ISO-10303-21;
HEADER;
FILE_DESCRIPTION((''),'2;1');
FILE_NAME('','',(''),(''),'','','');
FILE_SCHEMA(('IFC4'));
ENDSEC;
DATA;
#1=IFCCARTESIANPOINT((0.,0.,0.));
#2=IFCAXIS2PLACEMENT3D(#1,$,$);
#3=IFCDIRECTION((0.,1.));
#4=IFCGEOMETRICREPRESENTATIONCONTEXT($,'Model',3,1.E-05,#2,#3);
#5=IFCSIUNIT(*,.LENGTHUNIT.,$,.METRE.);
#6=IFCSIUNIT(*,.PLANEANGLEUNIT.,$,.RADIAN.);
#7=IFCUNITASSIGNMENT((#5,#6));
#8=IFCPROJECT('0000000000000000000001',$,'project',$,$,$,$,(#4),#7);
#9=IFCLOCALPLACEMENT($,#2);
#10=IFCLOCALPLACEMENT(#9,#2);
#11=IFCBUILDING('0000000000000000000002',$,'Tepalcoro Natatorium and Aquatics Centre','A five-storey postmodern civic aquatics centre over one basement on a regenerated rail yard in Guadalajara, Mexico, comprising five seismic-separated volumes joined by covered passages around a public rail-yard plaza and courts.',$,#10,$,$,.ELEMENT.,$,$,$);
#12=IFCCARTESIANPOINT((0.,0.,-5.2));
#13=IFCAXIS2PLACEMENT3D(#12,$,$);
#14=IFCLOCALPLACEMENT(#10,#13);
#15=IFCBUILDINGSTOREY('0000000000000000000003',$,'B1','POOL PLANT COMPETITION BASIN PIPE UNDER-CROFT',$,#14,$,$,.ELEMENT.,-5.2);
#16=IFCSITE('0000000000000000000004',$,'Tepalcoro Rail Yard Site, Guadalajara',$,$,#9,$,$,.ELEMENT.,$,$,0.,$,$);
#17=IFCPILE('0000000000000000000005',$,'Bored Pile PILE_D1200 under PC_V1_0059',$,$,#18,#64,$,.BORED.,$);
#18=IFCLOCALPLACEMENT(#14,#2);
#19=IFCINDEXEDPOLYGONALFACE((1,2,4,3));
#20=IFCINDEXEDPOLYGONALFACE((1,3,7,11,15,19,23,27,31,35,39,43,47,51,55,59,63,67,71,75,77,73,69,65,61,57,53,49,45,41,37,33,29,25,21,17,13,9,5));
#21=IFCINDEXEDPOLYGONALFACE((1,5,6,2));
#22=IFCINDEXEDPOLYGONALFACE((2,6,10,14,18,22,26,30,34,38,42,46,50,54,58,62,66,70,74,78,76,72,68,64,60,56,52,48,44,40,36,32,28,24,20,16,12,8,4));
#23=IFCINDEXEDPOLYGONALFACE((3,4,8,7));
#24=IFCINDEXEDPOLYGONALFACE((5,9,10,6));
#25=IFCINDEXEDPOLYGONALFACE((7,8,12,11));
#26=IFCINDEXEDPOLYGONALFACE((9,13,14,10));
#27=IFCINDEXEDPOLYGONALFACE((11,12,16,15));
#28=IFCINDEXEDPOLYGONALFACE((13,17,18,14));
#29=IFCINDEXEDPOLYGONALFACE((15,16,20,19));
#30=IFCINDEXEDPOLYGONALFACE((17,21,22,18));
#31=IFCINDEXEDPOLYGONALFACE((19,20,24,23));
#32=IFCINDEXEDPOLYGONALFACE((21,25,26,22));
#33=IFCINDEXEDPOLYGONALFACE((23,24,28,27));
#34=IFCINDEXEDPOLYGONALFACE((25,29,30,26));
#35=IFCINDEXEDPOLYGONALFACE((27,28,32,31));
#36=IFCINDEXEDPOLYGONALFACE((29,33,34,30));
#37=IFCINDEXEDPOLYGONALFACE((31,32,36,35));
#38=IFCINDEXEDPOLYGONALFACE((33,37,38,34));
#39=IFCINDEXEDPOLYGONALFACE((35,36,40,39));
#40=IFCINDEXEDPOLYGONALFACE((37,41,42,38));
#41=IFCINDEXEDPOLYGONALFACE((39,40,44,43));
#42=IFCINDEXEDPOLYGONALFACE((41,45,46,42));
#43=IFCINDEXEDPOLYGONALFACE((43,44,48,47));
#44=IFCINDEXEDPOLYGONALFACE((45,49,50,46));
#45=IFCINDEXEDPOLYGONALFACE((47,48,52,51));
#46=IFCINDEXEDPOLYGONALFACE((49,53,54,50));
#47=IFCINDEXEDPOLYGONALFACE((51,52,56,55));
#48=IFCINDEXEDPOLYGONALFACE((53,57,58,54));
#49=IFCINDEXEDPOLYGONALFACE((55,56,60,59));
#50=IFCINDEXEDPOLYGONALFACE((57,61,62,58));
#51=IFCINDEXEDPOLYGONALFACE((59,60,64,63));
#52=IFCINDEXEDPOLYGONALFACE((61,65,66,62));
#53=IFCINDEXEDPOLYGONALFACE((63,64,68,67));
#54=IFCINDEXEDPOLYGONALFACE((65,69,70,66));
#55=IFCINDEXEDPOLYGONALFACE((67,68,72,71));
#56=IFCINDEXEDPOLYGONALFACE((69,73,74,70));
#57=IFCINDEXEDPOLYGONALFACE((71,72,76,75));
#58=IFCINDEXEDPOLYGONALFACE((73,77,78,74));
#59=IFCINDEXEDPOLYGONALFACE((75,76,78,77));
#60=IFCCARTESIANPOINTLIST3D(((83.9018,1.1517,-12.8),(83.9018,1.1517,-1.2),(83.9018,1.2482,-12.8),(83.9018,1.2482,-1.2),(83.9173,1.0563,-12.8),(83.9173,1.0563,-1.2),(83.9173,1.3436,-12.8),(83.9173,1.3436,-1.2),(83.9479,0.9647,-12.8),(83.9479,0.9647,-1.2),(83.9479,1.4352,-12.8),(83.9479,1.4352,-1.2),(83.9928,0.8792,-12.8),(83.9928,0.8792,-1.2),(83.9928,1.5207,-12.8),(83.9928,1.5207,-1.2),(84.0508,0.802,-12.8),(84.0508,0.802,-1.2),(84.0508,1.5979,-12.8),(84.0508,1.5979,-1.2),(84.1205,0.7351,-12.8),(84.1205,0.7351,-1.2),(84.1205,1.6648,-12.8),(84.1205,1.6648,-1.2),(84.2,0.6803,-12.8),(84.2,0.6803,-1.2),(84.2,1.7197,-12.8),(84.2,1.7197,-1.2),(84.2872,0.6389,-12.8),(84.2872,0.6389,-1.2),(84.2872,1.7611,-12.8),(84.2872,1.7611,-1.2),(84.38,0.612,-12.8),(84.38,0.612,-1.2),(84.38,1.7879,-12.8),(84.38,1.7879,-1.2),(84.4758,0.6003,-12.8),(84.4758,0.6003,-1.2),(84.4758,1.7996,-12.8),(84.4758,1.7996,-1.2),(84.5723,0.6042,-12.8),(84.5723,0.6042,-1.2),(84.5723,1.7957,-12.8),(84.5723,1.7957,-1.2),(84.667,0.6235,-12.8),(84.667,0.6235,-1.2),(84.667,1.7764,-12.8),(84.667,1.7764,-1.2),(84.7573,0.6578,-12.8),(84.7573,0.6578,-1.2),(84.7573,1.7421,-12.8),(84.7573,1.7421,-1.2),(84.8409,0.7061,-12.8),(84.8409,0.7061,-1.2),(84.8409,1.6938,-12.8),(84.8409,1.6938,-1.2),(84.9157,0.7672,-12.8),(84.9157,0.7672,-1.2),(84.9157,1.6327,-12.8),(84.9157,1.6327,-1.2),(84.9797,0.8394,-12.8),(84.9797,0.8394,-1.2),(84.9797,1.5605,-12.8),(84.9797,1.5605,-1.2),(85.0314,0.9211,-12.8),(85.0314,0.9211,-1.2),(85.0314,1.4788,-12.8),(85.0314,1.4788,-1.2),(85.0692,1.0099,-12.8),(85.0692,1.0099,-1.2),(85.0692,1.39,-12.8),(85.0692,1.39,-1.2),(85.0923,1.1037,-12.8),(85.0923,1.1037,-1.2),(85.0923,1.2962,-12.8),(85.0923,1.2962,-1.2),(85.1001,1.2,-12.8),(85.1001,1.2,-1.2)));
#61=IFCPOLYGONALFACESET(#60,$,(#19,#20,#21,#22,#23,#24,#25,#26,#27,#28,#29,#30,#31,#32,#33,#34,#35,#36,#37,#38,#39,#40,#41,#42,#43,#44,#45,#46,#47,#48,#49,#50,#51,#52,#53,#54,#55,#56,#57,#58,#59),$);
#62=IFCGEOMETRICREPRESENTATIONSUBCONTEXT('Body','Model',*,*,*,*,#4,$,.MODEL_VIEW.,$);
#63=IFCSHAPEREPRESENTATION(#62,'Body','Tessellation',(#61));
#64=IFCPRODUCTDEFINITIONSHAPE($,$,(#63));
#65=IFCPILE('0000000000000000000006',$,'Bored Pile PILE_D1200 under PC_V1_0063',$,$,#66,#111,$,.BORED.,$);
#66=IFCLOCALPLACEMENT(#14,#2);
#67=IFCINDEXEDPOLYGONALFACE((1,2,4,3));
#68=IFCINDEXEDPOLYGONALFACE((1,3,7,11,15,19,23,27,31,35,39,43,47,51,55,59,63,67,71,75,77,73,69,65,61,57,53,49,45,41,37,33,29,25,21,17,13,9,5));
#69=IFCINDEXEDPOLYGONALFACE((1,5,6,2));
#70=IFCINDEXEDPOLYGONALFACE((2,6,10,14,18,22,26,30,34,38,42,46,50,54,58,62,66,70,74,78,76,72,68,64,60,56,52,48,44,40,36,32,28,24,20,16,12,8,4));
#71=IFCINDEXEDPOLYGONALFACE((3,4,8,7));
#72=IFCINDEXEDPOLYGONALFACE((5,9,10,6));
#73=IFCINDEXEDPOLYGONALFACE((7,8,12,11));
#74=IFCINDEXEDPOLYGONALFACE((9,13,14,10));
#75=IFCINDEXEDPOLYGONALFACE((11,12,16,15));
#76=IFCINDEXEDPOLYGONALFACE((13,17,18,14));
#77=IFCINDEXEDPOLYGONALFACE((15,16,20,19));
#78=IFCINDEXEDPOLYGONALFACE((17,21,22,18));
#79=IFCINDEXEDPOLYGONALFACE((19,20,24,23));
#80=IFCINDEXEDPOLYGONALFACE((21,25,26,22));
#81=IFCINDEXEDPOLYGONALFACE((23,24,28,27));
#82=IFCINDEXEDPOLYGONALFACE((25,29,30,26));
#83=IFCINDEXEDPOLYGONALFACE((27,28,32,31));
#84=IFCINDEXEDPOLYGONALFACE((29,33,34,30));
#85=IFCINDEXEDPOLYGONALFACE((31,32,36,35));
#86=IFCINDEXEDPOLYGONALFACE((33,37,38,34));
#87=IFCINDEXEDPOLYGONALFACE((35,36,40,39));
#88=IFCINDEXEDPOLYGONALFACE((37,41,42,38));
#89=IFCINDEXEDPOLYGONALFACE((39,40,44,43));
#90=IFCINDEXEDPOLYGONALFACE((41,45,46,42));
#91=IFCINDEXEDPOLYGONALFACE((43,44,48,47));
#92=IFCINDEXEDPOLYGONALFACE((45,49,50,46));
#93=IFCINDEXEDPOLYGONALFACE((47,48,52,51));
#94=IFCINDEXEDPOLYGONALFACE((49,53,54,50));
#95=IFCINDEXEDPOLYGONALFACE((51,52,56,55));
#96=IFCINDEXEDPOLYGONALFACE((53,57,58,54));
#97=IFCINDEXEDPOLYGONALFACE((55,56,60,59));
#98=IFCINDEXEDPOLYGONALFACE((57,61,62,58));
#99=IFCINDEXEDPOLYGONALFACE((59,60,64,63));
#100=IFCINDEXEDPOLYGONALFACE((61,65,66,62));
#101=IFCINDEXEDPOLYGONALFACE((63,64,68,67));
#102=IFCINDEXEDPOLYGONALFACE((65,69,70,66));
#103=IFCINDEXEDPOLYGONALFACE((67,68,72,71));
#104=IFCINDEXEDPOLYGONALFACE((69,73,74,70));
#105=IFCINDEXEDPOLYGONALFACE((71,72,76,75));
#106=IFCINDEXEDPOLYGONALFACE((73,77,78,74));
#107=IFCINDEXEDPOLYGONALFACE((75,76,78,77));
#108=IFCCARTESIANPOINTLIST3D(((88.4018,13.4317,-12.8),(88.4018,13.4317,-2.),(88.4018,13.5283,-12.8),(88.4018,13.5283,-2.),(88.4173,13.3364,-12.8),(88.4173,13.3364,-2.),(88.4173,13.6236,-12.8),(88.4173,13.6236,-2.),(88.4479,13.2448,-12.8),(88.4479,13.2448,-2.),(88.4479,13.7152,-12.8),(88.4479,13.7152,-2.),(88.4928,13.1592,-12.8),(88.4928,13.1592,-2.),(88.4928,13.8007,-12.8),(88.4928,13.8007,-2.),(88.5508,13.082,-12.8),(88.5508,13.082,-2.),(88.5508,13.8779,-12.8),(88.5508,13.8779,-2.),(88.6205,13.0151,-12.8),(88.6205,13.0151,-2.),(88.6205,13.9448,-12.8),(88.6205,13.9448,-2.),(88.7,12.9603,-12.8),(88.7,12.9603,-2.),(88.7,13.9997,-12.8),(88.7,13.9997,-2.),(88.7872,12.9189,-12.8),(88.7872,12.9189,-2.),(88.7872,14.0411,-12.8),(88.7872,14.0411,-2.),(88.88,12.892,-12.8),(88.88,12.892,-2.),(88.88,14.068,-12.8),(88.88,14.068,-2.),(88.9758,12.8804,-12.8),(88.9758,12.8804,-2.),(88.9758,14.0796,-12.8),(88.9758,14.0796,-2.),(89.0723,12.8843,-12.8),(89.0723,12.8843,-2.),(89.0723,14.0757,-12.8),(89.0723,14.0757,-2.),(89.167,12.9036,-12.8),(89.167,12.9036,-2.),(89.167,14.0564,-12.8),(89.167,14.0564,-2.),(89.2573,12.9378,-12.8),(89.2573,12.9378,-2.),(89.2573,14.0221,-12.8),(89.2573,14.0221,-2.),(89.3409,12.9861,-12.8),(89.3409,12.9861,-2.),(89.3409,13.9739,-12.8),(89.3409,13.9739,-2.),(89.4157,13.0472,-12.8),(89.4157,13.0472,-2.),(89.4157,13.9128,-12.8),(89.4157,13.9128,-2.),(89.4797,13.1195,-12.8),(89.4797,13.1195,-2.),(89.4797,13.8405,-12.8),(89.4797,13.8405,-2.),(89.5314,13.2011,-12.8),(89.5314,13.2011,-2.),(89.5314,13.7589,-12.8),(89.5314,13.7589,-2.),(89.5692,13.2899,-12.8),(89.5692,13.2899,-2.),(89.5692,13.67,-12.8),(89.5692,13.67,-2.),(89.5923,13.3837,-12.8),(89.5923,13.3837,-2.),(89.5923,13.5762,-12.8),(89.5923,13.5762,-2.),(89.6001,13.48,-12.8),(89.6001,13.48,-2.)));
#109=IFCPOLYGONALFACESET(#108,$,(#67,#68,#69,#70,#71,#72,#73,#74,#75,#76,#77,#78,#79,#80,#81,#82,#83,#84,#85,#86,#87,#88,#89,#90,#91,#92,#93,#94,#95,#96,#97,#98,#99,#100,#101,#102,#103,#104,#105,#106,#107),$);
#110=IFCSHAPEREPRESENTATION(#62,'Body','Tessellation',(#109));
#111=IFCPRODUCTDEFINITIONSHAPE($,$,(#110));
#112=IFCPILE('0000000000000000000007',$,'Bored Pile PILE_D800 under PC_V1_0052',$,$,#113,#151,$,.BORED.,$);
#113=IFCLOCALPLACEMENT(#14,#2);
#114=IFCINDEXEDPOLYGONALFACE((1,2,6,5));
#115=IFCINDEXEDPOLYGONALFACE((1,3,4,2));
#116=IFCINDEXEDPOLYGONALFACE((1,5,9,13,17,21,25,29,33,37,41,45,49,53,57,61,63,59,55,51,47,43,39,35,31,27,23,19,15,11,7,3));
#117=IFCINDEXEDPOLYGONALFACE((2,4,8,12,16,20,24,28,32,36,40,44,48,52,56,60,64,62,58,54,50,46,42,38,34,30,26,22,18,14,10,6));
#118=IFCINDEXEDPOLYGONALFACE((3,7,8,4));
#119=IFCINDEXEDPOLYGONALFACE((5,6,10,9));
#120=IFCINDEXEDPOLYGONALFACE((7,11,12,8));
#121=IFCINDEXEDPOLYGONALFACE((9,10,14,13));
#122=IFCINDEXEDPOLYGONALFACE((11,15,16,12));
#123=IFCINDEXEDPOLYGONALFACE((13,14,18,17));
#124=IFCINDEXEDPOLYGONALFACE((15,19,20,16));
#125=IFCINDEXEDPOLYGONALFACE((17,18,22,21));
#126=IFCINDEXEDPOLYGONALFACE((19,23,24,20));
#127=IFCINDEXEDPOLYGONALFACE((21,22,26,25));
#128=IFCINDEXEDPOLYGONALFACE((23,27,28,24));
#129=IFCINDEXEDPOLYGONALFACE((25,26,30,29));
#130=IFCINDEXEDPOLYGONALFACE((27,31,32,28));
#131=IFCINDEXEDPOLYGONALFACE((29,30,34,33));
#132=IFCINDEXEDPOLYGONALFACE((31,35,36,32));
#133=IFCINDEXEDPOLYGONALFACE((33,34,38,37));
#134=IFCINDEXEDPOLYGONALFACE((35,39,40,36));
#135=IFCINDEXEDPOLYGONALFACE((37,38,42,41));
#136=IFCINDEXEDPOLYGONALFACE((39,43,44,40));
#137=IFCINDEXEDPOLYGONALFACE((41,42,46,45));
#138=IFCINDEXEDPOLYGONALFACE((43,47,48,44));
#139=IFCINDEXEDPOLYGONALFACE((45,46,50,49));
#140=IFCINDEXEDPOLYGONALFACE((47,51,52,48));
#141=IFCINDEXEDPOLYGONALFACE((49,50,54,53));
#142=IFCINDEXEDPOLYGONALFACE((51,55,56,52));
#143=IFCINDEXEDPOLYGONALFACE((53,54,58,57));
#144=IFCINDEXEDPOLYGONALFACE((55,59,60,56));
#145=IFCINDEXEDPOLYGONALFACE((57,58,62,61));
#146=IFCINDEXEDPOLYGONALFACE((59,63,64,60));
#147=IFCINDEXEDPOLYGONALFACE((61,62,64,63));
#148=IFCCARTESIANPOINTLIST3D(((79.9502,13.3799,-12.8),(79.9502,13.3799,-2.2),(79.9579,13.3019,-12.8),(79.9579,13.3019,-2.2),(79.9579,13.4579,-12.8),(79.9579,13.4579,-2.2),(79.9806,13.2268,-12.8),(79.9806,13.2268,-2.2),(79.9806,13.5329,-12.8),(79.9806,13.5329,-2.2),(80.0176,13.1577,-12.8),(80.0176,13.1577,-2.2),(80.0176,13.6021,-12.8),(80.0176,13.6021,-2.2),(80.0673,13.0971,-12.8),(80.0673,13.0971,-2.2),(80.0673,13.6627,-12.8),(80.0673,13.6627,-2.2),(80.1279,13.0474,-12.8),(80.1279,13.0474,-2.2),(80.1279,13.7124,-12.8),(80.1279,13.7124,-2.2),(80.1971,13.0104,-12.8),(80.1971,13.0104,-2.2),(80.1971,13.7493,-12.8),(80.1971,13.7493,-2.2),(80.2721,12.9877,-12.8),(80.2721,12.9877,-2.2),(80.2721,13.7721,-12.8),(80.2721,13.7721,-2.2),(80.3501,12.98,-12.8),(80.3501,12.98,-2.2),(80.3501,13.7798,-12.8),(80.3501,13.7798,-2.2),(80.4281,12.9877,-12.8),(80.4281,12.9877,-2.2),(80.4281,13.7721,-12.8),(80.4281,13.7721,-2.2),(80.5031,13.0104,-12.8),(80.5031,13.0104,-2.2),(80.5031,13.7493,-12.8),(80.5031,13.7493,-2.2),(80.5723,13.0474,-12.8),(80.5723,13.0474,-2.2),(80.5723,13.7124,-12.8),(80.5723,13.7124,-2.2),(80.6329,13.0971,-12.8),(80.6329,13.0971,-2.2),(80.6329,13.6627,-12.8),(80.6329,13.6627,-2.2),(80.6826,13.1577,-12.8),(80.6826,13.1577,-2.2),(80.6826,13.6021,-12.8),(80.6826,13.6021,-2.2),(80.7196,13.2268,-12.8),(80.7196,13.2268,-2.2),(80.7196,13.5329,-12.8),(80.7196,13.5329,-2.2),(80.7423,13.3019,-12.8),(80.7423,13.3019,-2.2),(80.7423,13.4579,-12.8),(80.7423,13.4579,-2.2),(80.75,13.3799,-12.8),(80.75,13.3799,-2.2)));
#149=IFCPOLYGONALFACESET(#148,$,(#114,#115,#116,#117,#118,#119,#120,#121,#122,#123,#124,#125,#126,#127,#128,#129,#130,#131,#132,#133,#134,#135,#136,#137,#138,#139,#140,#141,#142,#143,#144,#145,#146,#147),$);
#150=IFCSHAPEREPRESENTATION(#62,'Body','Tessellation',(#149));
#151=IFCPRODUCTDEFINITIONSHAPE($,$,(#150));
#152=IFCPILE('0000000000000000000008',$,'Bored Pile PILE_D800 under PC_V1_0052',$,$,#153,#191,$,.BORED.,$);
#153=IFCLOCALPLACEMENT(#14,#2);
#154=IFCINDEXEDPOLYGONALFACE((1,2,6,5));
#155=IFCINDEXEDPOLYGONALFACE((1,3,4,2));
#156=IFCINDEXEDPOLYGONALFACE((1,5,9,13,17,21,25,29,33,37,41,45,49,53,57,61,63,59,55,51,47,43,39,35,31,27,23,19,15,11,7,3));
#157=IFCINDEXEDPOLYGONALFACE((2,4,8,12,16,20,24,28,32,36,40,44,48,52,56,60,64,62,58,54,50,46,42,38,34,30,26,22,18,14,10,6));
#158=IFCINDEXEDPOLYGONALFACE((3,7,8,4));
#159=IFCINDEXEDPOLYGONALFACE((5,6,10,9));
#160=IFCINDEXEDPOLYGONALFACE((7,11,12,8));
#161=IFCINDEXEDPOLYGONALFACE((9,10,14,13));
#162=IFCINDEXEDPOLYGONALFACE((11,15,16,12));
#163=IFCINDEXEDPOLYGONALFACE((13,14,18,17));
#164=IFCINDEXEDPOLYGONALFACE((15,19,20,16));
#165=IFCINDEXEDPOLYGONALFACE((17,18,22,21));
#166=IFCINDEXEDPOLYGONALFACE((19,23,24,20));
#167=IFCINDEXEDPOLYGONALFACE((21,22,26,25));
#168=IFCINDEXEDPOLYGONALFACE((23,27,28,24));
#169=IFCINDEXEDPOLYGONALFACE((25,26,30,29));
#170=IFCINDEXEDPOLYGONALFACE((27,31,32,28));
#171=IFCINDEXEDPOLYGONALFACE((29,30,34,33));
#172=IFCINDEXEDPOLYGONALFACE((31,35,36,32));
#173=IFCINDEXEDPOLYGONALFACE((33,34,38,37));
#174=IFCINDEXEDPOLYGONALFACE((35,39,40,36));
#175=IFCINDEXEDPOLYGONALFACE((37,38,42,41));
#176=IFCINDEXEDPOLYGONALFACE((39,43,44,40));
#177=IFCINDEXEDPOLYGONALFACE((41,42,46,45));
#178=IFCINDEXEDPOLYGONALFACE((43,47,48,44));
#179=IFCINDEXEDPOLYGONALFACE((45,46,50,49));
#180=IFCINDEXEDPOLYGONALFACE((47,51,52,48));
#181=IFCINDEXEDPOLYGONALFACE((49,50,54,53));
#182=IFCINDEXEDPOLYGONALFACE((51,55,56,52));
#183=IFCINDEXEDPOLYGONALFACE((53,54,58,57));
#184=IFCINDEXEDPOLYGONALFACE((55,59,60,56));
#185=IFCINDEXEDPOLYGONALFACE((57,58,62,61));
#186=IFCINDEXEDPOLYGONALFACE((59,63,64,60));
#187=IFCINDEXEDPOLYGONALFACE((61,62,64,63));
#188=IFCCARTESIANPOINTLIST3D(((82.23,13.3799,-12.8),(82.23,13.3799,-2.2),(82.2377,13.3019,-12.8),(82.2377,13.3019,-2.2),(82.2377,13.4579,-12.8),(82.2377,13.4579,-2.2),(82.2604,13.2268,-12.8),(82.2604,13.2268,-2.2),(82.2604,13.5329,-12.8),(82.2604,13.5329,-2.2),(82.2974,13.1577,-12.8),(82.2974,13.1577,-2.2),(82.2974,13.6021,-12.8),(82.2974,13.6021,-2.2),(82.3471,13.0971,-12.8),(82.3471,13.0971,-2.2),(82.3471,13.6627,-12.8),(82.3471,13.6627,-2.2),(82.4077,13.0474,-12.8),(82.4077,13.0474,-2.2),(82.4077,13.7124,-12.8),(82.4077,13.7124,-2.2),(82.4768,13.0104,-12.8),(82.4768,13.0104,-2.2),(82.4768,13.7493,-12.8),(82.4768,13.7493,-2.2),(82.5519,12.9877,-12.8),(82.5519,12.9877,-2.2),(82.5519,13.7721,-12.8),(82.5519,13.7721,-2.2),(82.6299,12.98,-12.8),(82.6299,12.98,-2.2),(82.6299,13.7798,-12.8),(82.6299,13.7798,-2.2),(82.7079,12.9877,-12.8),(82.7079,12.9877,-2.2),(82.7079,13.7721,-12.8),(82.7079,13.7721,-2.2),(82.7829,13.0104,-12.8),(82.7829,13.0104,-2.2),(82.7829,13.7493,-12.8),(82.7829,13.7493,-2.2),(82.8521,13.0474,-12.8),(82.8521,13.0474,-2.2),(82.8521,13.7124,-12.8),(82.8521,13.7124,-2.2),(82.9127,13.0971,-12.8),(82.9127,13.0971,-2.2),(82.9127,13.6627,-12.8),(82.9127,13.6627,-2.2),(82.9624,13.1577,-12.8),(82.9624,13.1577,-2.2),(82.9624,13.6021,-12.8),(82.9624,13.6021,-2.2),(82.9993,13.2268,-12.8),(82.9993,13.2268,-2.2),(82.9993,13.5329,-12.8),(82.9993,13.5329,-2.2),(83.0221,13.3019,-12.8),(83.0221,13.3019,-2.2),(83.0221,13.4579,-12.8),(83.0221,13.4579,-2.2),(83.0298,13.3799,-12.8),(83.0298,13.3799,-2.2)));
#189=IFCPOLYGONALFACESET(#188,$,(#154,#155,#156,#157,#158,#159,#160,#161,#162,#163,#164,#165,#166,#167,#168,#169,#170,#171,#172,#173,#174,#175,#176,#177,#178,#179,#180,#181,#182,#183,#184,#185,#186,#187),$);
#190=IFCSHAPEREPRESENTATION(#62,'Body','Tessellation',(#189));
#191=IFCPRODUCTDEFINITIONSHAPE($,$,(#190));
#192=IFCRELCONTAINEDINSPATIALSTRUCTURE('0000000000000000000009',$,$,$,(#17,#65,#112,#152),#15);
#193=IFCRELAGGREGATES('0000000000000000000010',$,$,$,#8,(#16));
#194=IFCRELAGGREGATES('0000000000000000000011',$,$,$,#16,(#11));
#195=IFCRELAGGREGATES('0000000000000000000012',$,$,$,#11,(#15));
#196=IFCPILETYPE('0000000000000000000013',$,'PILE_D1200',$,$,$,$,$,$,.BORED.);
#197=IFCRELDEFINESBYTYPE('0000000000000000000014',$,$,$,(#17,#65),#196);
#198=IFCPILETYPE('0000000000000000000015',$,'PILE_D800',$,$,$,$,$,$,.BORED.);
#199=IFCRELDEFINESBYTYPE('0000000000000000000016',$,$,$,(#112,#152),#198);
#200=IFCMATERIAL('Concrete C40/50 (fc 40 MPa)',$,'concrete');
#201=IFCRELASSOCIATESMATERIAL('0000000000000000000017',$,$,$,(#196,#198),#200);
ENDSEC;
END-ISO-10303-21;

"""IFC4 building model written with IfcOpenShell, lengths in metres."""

from ifc_helpers import new_model, si_unit, direction, frame, origin, origin_2d, place, context, subcontext, project, spatial, circle, extrude, material, material_profile, profile_set, type_object, element, save


model = new_model("IFC4")

# Units and contexts
model_context = context("Model", 3, precision=1e-05, world=origin(), true_north=direction((0.0, 1.0)))
body_context = subcontext(model_context, "Body", "Model", "MODEL_VIEW")
ifc_project = project(units=[si_unit("LENGTHUNIT", "METRE"), si_unit("PLANEANGLEUNIT", "RADIAN")], contexts=[model_context])

# Site, building, storey
site_placement = place(None, origin())
site = spatial("IfcSite", under=ifc_project, at=site_placement, Name="Tepalcoro Rail Yard Site, Guadalajara", CompositionType="ELEMENT", RefElevation=0.0)
building_placement = place(site_placement, origin())
building = spatial("IfcBuilding", under=site, at=building_placement, Name="Tepalcoro Natatorium and Aquatics Centre", Description="A five-storey postmodern civic aquatics centre over one basement on a regenerated rail yard in Guadalajara, Mexico, comprising five seismic-separated volumes joined by covered passages around a public rail-yard plaza and courts.", CompositionType="ELEMENT")
storey_placement = place(building_placement, frame((0.0, 0.0, -5.2)))
storey = spatial("IfcBuildingStorey", under=building, at=storey_placement, Name="B1", Description="POOL PLANT COMPETITION BASIN PIPE UNDER-CROFT", CompositionType="ELEMENT", Elevation=-5.2)

# Piles
ifc_material_1 = material(Name="Concrete C40/50 (fc 40 MPa)", Category="concrete")
ifc_material_profile_1 = material_profile(ifc_material_1, circle(Radius=0.6001, at=origin_2d()), Name="PILE_D1200")
ifc_profile_set_1 = profile_set([ifc_material_profile_1], Name="Concrete C40/50 (fc 40 MPa)")
pile_type_1 = type_object("IfcPileType", Name="PILE_D1200", PredefinedType="BORED", material=ifc_profile_set_1)
pile_1_placement = place(storey_placement, frame((84.5, 1.2, -1.2), z_axis=(0.0, 0.0, -1.0), x_axis=(1.0, 0.0, 0.0)))
element("IfcPile", 1, at=pile_1_placement, inside=storey, type_object=pile_type_1, Name="Bored Pile PILE_D1200 under PC_V1_0059", PredefinedType="BORED", context=body_context, shape_type="SweptSolid", body=[
    extrude(circle(Radius=0.6001, at=origin_2d()), origin(), (0.0, 0.0, 1.0), 11.6001),
])
pile_2_placement = place(storey_placement, frame((89.0, 13.48, -2.0), z_axis=(0.0, 0.0, -1.0), x_axis=(1.0, 0.0, 0.0)))
element("IfcPile", 2, at=pile_2_placement, inside=storey, type_object=pile_type_1, Name="Bored Pile PILE_D1200 under PC_V1_0063", PredefinedType="BORED", context=body_context, shape_type="SweptSolid", body=[
    extrude(circle(Radius=0.6001, at=origin_2d()), origin(), (0.0, 0.0, 1.0), 10.8),
])
ifc_material_profile_2 = material_profile(ifc_material_1, circle(Radius=0.3999, at=origin_2d()), Name="PILE_D800")
ifc_profile_set_2 = profile_set([ifc_material_profile_2], Name="Concrete C40/50 (fc 40 MPa)")
pile_type_2 = type_object("IfcPileType", Name="PILE_D800", PredefinedType="BORED", material=ifc_profile_set_2)
for number, where, z_axis, x_axis, name in (
    (3, (80.3501, 13.3799, -2.2), (0.0, 0.0, -1.0), (1.0, 0.0, 0.0), "Bored Pile PILE_D800 under PC_V1_0052"),
    (4, (82.6299, 13.3799, -2.2), (0.0, 0.0, -1.0), (1.0, 0.0, 0.0), "Bored Pile PILE_D800 under PC_V1_0052"),
):
    element("IfcPile", number, at=place(storey_placement, frame(where, z_axis=z_axis, x_axis=x_axis)), inside=storey, type_object=pile_type_2, Name=name, PredefinedType="BORED", context=body_context, shape_type="SweptSolid", body=[
        extrude(circle(Radius=0.3999, at=origin_2d()), origin(), (0.0, 0.0, 1.0), 10.6001),
    ])

save(model, "model.ifc")
